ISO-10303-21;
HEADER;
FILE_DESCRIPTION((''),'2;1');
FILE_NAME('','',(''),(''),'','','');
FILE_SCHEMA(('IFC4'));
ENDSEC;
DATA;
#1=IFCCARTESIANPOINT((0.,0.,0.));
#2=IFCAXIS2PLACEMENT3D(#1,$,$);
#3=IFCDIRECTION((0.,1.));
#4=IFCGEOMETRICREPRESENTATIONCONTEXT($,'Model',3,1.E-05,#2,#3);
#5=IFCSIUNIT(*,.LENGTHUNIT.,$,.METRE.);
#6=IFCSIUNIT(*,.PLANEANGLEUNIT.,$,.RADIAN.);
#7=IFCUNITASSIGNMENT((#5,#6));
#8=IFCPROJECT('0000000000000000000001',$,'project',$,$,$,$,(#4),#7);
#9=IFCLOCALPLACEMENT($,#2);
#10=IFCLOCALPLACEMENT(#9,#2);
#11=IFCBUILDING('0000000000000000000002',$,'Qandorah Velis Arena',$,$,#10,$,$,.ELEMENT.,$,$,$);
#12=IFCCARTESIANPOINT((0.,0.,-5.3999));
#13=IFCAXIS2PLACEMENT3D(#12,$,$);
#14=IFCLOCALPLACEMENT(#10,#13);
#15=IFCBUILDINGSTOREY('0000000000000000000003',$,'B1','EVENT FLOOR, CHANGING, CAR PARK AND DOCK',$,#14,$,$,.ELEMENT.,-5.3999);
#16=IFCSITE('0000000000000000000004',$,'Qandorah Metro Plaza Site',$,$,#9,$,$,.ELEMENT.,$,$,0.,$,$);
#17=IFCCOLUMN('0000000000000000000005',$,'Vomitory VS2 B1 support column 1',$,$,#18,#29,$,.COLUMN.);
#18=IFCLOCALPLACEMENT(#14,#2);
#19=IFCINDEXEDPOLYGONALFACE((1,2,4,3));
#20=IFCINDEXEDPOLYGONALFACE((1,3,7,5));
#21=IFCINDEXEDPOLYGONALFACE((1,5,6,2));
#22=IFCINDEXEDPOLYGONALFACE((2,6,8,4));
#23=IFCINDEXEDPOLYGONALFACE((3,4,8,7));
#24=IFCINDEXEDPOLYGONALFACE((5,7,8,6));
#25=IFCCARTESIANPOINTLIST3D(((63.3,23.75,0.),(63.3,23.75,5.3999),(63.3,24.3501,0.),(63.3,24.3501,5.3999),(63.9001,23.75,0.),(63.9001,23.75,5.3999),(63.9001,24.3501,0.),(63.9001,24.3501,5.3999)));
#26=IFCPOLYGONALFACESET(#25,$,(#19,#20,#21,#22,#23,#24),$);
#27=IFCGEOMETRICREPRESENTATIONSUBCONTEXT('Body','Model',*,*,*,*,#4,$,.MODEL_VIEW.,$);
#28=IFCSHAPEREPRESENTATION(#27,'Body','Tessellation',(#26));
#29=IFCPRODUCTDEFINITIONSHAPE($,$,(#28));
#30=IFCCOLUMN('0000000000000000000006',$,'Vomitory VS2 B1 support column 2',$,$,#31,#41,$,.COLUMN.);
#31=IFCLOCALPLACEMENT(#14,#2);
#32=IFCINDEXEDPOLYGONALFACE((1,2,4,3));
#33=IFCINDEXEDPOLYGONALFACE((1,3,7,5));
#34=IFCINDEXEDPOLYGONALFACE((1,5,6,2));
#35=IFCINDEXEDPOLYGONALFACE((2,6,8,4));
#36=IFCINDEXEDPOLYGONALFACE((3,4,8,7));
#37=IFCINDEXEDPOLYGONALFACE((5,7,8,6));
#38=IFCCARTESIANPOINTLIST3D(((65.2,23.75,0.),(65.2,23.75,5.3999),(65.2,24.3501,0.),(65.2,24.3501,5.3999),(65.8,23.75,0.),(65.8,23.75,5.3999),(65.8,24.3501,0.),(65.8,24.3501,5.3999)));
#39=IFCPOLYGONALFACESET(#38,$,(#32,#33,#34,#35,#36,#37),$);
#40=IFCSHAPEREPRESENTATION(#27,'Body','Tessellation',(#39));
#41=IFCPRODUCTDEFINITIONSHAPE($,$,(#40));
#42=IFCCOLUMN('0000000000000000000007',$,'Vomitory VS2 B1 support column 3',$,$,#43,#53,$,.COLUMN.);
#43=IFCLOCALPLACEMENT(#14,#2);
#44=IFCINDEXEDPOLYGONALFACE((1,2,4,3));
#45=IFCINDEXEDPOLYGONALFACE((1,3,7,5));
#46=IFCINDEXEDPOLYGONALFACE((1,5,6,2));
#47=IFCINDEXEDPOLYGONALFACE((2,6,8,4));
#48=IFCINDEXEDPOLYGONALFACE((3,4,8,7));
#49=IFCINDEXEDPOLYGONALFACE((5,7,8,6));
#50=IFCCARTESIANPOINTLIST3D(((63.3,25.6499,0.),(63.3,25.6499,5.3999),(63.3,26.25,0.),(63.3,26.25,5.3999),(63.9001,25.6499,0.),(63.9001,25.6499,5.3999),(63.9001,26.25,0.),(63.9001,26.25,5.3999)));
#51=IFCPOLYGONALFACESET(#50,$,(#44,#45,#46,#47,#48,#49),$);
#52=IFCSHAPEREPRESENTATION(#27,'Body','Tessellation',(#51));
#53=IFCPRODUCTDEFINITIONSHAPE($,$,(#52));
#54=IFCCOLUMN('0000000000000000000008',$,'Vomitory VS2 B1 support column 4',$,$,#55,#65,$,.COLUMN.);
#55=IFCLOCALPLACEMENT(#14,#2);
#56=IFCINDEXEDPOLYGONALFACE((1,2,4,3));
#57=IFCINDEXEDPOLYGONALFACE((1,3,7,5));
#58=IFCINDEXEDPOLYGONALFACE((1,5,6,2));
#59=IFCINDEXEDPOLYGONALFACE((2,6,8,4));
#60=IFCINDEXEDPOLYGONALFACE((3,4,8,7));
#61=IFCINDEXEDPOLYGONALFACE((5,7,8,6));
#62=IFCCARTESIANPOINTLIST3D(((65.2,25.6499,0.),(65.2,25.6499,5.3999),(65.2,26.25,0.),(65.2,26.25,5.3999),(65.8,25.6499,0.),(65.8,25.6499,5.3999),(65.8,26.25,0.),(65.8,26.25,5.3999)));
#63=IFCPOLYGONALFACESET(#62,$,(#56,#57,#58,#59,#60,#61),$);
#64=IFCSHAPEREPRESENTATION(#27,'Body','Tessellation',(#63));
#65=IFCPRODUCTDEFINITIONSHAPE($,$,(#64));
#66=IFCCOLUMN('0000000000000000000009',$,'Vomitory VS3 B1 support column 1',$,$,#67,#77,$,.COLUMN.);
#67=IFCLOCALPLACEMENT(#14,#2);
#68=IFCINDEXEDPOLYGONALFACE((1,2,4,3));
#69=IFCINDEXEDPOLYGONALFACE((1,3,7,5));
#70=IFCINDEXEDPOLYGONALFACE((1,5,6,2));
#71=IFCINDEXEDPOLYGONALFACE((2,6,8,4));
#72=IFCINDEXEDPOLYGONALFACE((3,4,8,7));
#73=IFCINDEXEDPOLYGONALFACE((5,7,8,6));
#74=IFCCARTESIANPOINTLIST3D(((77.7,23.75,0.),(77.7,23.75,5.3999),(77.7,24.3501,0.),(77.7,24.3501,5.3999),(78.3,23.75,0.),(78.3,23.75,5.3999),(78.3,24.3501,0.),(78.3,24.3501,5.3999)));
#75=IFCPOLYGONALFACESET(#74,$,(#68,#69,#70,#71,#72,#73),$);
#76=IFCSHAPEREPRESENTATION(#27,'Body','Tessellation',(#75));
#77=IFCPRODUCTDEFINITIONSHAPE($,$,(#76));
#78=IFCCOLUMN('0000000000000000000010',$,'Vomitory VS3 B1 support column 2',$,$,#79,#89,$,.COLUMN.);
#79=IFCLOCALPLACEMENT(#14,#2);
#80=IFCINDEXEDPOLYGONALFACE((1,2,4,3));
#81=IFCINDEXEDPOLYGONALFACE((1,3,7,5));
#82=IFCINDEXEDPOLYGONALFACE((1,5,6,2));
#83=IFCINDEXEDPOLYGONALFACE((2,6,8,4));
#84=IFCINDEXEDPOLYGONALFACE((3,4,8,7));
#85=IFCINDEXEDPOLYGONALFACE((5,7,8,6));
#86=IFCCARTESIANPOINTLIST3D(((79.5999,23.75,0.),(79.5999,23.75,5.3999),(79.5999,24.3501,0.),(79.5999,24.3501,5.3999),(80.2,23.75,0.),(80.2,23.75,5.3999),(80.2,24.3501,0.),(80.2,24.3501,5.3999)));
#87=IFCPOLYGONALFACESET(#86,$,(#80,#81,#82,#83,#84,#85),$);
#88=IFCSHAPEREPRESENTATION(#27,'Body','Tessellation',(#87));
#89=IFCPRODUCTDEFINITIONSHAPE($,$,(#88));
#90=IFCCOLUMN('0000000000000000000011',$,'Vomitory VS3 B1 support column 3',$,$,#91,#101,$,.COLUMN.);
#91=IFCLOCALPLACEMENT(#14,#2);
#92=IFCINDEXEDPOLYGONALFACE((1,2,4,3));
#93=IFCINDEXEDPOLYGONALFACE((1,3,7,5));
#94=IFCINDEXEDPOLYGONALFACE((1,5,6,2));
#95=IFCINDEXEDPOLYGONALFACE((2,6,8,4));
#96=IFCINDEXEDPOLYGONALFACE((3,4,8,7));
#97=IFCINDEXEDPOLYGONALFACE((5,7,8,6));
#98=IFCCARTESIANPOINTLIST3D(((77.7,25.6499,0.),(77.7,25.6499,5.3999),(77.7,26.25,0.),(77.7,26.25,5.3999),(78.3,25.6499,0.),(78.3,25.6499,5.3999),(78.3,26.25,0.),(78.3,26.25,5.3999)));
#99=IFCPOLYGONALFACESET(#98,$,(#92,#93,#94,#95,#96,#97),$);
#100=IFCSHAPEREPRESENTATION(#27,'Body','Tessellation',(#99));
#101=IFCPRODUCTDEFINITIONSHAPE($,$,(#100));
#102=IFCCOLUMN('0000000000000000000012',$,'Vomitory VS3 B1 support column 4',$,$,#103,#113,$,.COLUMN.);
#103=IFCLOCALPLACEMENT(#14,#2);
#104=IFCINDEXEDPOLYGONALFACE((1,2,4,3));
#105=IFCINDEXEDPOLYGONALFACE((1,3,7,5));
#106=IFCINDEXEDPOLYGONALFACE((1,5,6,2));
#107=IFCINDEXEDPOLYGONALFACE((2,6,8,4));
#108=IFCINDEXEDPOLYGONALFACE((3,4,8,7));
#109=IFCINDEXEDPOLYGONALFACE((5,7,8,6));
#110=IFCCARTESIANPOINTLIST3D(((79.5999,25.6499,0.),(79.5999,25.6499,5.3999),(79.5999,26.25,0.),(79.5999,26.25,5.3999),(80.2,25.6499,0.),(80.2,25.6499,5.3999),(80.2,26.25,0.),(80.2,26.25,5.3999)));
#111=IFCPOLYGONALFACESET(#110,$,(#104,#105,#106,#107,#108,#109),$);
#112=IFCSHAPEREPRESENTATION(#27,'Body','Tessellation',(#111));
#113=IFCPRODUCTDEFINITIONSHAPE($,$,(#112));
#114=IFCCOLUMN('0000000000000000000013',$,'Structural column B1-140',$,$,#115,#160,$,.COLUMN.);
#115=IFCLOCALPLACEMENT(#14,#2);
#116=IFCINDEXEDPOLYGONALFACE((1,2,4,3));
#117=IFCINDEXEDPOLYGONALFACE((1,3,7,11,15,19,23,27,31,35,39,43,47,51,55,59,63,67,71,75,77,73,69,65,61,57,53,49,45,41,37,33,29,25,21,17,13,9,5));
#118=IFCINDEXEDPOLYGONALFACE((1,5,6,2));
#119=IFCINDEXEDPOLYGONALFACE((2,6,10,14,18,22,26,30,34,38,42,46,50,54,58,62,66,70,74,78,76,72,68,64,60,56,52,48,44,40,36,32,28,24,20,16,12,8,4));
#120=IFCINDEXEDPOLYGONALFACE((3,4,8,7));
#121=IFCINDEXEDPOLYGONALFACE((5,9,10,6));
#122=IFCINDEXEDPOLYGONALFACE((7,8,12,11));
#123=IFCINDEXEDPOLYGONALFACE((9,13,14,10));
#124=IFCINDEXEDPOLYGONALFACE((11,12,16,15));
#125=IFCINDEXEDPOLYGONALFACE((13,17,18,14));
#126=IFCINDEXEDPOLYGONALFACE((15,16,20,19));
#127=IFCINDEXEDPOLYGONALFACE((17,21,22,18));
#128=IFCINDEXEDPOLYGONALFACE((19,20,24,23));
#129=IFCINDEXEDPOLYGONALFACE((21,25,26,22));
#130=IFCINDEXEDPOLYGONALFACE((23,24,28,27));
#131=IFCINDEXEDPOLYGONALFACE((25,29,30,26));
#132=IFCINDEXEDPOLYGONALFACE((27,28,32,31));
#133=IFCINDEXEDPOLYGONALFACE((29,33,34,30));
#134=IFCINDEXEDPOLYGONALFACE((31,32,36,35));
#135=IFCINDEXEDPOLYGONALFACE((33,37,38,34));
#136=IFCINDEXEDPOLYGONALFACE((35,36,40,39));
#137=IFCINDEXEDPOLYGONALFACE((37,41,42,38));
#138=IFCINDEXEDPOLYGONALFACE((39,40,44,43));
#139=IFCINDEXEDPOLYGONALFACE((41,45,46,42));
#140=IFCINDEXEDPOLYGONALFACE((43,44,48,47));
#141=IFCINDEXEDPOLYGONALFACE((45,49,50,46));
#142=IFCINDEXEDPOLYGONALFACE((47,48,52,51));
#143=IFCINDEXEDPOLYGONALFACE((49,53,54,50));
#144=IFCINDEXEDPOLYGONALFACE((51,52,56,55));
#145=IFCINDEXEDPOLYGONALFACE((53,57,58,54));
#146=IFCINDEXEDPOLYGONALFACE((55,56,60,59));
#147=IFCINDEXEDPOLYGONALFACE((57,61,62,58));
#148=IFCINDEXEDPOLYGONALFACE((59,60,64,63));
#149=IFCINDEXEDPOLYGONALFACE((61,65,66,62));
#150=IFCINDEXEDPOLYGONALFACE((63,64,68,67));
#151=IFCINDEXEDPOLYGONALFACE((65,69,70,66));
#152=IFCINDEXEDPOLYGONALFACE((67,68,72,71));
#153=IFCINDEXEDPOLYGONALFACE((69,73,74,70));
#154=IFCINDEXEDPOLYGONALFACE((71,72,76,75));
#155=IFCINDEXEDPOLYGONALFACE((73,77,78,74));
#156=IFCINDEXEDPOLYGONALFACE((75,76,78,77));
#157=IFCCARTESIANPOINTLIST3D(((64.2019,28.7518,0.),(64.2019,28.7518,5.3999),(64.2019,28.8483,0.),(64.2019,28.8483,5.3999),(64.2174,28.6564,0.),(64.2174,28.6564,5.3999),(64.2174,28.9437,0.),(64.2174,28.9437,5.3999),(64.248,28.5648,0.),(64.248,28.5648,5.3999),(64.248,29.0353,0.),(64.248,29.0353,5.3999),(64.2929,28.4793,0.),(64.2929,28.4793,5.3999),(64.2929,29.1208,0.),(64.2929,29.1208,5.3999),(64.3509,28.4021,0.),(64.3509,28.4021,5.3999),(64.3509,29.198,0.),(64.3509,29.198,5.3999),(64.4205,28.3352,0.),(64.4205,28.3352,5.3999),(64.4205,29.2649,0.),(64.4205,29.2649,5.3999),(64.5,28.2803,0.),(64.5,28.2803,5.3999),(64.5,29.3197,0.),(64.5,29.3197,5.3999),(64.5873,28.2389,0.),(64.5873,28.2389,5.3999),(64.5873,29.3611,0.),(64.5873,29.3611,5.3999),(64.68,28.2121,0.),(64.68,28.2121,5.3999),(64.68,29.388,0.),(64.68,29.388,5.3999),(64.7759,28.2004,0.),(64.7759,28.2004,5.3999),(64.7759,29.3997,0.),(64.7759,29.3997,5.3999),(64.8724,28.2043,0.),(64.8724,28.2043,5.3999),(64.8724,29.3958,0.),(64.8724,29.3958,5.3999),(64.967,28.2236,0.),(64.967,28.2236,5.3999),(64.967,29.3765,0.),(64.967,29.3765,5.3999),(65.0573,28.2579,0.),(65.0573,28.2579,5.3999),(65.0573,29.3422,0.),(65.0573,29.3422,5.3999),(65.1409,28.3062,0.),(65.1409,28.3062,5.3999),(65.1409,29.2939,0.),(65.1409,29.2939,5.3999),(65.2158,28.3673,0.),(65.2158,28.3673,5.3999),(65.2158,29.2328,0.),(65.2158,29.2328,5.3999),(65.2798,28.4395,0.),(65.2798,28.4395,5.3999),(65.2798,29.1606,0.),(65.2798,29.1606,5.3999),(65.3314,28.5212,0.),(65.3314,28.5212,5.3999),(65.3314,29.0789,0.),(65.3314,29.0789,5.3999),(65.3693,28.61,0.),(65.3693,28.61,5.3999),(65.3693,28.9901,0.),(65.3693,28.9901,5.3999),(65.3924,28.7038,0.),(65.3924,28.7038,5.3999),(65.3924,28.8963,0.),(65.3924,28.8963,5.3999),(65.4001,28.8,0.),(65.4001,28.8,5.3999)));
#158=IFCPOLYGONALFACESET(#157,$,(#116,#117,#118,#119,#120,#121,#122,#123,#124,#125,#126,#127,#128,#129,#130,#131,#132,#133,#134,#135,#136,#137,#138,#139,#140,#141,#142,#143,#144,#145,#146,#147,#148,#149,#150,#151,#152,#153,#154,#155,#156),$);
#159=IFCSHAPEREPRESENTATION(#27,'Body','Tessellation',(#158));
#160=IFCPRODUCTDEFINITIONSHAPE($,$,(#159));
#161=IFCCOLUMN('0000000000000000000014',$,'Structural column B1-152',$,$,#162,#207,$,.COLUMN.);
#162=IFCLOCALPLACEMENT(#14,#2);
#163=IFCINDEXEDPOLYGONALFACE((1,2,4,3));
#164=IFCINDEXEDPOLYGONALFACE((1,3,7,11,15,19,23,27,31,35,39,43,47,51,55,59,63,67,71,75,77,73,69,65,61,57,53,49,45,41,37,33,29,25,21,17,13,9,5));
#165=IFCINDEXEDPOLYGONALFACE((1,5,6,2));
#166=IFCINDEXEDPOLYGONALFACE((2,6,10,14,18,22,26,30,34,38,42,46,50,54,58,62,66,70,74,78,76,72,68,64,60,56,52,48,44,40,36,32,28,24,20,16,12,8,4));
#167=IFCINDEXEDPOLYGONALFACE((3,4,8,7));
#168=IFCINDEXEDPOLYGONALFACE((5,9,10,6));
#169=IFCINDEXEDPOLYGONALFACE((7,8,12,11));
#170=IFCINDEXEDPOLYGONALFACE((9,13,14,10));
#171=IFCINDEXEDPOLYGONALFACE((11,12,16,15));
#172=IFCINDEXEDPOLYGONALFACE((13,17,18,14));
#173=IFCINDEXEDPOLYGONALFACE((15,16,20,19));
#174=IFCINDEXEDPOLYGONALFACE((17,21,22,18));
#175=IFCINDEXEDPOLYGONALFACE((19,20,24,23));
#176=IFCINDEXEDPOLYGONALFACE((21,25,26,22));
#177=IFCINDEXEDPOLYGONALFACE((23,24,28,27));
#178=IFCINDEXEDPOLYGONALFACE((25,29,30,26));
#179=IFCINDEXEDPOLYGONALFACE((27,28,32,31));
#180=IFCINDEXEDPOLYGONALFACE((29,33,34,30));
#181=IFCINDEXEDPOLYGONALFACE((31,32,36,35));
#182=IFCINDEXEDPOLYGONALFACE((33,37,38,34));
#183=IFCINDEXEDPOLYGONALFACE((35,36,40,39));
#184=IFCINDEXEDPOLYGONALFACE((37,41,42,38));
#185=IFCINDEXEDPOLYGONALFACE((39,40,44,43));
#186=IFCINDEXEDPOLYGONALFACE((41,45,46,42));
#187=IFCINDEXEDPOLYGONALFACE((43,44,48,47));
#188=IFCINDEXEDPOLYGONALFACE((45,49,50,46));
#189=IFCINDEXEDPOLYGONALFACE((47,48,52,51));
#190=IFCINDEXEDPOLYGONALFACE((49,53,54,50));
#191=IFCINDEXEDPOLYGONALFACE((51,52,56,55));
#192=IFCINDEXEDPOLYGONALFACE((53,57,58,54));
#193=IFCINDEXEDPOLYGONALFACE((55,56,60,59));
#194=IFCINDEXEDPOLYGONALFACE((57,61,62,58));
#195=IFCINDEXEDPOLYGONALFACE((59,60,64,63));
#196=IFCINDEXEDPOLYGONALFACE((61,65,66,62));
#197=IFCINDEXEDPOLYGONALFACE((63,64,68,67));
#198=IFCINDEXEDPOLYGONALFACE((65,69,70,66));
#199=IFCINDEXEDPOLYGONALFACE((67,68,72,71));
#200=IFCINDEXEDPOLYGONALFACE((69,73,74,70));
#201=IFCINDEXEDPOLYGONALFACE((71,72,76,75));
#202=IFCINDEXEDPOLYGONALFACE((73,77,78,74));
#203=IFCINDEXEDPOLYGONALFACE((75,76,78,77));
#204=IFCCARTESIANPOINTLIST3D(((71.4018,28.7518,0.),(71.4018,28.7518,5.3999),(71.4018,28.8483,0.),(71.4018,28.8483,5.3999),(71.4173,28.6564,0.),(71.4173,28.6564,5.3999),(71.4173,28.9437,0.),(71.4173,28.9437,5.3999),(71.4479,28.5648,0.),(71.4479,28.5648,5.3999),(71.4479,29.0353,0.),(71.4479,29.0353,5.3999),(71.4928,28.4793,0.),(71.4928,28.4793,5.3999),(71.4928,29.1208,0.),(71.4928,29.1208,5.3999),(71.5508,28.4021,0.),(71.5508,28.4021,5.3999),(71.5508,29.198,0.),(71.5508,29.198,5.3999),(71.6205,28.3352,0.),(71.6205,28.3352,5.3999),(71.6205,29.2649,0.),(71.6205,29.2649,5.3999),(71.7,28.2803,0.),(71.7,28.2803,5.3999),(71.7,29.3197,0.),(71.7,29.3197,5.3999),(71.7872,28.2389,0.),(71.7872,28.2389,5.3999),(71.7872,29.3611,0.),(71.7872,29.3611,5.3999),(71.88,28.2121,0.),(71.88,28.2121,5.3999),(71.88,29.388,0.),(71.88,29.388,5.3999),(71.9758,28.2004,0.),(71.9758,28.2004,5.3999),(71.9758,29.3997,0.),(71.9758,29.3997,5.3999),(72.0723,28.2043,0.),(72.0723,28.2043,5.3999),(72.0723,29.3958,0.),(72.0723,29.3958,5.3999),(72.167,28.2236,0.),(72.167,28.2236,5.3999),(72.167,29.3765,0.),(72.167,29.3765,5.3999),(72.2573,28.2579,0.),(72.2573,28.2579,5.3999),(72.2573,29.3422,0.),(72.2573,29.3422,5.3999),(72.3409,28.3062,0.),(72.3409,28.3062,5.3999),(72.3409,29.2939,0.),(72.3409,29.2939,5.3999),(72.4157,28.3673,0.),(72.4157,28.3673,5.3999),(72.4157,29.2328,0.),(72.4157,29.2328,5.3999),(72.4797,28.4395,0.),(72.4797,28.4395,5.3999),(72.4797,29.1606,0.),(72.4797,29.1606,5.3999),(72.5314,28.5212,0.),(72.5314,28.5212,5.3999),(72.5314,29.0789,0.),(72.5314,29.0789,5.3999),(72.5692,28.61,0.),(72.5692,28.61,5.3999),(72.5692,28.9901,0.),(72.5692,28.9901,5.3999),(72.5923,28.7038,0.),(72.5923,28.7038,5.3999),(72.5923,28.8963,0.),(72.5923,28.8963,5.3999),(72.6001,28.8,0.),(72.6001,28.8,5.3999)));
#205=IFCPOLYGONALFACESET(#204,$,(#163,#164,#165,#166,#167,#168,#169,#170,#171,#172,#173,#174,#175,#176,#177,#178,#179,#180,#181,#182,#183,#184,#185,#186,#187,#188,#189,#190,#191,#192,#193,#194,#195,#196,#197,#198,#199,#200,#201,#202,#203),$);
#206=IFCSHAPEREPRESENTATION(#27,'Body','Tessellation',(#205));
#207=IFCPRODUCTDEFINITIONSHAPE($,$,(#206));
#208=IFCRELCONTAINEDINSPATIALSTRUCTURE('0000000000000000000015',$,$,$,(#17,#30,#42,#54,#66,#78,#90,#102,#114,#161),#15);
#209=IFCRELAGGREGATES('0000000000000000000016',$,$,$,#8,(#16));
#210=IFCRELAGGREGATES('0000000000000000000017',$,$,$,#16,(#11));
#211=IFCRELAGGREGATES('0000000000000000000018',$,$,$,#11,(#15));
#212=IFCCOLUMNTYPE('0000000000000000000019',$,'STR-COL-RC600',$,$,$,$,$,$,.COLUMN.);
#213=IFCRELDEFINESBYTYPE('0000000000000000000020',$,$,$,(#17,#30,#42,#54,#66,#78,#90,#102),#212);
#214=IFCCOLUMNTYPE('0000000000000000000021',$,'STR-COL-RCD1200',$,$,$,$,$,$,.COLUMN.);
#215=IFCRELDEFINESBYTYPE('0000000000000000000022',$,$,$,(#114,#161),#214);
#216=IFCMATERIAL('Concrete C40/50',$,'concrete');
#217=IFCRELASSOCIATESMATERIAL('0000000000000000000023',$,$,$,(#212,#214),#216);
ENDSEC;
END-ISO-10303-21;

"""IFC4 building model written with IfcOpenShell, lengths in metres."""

from ifc_helpers import new_model, si_unit, direction, frame, origin, origin_2d, place, context, subcontext, project, spatial, rectangle, circle, extrude, material, material_profile, profile_set, type_object, element, save


model = new_model("IFC4")

# Units and contexts
model_context = context("Model", 3, precision=1e-05, world=origin(), true_north=direction((0.0, 1.0)))
body_context = subcontext(model_context, "Body", "Model", "MODEL_VIEW")
ifc_project = project(units=[si_unit("LENGTHUNIT", "METRE"), si_unit("PLANEANGLEUNIT", "RADIAN")], contexts=[model_context])

# Site, building, storey
site_placement = place(None, origin())
site = spatial("IfcSite", under=ifc_project, at=site_placement, Name="Qandorah Metro Plaza Site", CompositionType="ELEMENT", RefElevation=0.0)
building_placement = place(site_placement, origin())
building = spatial("IfcBuilding", under=site, at=building_placement, Name="Qandorah Velis Arena", CompositionType="ELEMENT")
storey_placement = place(building_placement, frame((0.0, 0.0, -5.3999)))
storey = spatial("IfcBuildingStorey", under=building, at=storey_placement, Name="B1", Description="EVENT FLOOR, CHANGING, CAR PARK AND DOCK", CompositionType="ELEMENT", Elevation=-5.3999)

# Shared definitions
ifc_material_1 = material(Name="Concrete C40/50", Category="concrete")

# Columns
ifc_material_profile_1 = material_profile(ifc_material_1, rectangle(XDim=0.6001, YDim=0.6001, at=origin_2d()), Name="RC COL 600x600")
ifc_profile_set_1 = profile_set([ifc_material_profile_1], Name="Concrete C40/50")
column_type_1 = type_object("IfcColumnType", Name="STR-COL-RC600", PredefinedType="COLUMN", material=ifc_profile_set_1)
for number, where, z_axis, x_axis, name in (
    (1, (63.6001, 24.05, 0.0), (0.0, 0.0, 1.0), (1.0, 0.0, 0.0), "Vomitory VS2 B1 support column 1"),
    (2, (65.5, 24.05, 0.0), (0.0, 0.0, 1.0), (1.0, 0.0, 0.0), "Vomitory VS2 B1 support column 2"),
    (3, (63.6001, 25.95, 0.0), (0.0, 0.0, 1.0), (1.0, 0.0, 0.0), "Vomitory VS2 B1 support column 3"),
    (4, (65.5, 25.95, 0.0), (0.0, 0.0, 1.0), (1.0, 0.0, 0.0), "Vomitory VS2 B1 support column 4"),
    (5, (78.0, 24.05, 0.0), (0.0, 0.0, 1.0), (1.0, 0.0, 0.0), "Vomitory VS3 B1 support column 1"),
    (6, (79.8999, 24.05, 0.0), (0.0, 0.0, 1.0), (1.0, 0.0, 0.0), "Vomitory VS3 B1 support column 2"),
    (7, (78.0, 25.95, 0.0), (0.0, 0.0, 1.0), (1.0, 0.0, 0.0), "Vomitory VS3 B1 support column 3"),
    (8, (79.8999, 25.95, 0.0), (0.0, 0.0, 1.0), (1.0, 0.0, 0.0), "Vomitory VS3 B1 support column 4"),
):
    element("IfcColumn", number, at=place(storey_placement, frame(where, z_axis=z_axis, x_axis=x_axis)), inside=storey, type_object=column_type_1, Name=name, PredefinedType="COLUMN", context=body_context, shape_type="SweptSolid", body=[
        extrude(rectangle(XDim=0.6001, YDim=0.6001, at=origin_2d()), origin(), (0.0, 0.0, 1.0), 5.3999),
    ])
ifc_material_profile_2 = material_profile(ifc_material_1, circle(Radius=0.6001, at=origin_2d()), Name="RC D1200")
ifc_profile_set_2 = profile_set([ifc_material_profile_2], Name="Concrete C40/50")
column_type_2 = type_object("IfcColumnType", Name="STR-COL-RCD1200", PredefinedType="COLUMN", material=ifc_profile_set_2)
for number, where, z_axis, x_axis, name in (
    (9, (64.8, 28.8, 0.0), (0.0, 0.0, 1.0), (1.0, 0.0, 0.0), "Structural column B1-140"),
    (10, (72.0, 28.8, 0.0), (0.0, 0.0, 1.0), (1.0, 0.0, 0.0), "Structural column B1-152"),
):
    element("IfcColumn", number, at=place(storey_placement, frame(where, z_axis=z_axis, x_axis=x_axis)), inside=storey, type_object=column_type_2, Name=name, PredefinedType="COLUMN", context=body_context, shape_type="SweptSolid", body=[
        extrude(circle(Radius=0.6001, at=origin_2d()), origin(), (0.0, 0.0, 1.0), 5.3999),
    ])

save(model, "model.ifc")
